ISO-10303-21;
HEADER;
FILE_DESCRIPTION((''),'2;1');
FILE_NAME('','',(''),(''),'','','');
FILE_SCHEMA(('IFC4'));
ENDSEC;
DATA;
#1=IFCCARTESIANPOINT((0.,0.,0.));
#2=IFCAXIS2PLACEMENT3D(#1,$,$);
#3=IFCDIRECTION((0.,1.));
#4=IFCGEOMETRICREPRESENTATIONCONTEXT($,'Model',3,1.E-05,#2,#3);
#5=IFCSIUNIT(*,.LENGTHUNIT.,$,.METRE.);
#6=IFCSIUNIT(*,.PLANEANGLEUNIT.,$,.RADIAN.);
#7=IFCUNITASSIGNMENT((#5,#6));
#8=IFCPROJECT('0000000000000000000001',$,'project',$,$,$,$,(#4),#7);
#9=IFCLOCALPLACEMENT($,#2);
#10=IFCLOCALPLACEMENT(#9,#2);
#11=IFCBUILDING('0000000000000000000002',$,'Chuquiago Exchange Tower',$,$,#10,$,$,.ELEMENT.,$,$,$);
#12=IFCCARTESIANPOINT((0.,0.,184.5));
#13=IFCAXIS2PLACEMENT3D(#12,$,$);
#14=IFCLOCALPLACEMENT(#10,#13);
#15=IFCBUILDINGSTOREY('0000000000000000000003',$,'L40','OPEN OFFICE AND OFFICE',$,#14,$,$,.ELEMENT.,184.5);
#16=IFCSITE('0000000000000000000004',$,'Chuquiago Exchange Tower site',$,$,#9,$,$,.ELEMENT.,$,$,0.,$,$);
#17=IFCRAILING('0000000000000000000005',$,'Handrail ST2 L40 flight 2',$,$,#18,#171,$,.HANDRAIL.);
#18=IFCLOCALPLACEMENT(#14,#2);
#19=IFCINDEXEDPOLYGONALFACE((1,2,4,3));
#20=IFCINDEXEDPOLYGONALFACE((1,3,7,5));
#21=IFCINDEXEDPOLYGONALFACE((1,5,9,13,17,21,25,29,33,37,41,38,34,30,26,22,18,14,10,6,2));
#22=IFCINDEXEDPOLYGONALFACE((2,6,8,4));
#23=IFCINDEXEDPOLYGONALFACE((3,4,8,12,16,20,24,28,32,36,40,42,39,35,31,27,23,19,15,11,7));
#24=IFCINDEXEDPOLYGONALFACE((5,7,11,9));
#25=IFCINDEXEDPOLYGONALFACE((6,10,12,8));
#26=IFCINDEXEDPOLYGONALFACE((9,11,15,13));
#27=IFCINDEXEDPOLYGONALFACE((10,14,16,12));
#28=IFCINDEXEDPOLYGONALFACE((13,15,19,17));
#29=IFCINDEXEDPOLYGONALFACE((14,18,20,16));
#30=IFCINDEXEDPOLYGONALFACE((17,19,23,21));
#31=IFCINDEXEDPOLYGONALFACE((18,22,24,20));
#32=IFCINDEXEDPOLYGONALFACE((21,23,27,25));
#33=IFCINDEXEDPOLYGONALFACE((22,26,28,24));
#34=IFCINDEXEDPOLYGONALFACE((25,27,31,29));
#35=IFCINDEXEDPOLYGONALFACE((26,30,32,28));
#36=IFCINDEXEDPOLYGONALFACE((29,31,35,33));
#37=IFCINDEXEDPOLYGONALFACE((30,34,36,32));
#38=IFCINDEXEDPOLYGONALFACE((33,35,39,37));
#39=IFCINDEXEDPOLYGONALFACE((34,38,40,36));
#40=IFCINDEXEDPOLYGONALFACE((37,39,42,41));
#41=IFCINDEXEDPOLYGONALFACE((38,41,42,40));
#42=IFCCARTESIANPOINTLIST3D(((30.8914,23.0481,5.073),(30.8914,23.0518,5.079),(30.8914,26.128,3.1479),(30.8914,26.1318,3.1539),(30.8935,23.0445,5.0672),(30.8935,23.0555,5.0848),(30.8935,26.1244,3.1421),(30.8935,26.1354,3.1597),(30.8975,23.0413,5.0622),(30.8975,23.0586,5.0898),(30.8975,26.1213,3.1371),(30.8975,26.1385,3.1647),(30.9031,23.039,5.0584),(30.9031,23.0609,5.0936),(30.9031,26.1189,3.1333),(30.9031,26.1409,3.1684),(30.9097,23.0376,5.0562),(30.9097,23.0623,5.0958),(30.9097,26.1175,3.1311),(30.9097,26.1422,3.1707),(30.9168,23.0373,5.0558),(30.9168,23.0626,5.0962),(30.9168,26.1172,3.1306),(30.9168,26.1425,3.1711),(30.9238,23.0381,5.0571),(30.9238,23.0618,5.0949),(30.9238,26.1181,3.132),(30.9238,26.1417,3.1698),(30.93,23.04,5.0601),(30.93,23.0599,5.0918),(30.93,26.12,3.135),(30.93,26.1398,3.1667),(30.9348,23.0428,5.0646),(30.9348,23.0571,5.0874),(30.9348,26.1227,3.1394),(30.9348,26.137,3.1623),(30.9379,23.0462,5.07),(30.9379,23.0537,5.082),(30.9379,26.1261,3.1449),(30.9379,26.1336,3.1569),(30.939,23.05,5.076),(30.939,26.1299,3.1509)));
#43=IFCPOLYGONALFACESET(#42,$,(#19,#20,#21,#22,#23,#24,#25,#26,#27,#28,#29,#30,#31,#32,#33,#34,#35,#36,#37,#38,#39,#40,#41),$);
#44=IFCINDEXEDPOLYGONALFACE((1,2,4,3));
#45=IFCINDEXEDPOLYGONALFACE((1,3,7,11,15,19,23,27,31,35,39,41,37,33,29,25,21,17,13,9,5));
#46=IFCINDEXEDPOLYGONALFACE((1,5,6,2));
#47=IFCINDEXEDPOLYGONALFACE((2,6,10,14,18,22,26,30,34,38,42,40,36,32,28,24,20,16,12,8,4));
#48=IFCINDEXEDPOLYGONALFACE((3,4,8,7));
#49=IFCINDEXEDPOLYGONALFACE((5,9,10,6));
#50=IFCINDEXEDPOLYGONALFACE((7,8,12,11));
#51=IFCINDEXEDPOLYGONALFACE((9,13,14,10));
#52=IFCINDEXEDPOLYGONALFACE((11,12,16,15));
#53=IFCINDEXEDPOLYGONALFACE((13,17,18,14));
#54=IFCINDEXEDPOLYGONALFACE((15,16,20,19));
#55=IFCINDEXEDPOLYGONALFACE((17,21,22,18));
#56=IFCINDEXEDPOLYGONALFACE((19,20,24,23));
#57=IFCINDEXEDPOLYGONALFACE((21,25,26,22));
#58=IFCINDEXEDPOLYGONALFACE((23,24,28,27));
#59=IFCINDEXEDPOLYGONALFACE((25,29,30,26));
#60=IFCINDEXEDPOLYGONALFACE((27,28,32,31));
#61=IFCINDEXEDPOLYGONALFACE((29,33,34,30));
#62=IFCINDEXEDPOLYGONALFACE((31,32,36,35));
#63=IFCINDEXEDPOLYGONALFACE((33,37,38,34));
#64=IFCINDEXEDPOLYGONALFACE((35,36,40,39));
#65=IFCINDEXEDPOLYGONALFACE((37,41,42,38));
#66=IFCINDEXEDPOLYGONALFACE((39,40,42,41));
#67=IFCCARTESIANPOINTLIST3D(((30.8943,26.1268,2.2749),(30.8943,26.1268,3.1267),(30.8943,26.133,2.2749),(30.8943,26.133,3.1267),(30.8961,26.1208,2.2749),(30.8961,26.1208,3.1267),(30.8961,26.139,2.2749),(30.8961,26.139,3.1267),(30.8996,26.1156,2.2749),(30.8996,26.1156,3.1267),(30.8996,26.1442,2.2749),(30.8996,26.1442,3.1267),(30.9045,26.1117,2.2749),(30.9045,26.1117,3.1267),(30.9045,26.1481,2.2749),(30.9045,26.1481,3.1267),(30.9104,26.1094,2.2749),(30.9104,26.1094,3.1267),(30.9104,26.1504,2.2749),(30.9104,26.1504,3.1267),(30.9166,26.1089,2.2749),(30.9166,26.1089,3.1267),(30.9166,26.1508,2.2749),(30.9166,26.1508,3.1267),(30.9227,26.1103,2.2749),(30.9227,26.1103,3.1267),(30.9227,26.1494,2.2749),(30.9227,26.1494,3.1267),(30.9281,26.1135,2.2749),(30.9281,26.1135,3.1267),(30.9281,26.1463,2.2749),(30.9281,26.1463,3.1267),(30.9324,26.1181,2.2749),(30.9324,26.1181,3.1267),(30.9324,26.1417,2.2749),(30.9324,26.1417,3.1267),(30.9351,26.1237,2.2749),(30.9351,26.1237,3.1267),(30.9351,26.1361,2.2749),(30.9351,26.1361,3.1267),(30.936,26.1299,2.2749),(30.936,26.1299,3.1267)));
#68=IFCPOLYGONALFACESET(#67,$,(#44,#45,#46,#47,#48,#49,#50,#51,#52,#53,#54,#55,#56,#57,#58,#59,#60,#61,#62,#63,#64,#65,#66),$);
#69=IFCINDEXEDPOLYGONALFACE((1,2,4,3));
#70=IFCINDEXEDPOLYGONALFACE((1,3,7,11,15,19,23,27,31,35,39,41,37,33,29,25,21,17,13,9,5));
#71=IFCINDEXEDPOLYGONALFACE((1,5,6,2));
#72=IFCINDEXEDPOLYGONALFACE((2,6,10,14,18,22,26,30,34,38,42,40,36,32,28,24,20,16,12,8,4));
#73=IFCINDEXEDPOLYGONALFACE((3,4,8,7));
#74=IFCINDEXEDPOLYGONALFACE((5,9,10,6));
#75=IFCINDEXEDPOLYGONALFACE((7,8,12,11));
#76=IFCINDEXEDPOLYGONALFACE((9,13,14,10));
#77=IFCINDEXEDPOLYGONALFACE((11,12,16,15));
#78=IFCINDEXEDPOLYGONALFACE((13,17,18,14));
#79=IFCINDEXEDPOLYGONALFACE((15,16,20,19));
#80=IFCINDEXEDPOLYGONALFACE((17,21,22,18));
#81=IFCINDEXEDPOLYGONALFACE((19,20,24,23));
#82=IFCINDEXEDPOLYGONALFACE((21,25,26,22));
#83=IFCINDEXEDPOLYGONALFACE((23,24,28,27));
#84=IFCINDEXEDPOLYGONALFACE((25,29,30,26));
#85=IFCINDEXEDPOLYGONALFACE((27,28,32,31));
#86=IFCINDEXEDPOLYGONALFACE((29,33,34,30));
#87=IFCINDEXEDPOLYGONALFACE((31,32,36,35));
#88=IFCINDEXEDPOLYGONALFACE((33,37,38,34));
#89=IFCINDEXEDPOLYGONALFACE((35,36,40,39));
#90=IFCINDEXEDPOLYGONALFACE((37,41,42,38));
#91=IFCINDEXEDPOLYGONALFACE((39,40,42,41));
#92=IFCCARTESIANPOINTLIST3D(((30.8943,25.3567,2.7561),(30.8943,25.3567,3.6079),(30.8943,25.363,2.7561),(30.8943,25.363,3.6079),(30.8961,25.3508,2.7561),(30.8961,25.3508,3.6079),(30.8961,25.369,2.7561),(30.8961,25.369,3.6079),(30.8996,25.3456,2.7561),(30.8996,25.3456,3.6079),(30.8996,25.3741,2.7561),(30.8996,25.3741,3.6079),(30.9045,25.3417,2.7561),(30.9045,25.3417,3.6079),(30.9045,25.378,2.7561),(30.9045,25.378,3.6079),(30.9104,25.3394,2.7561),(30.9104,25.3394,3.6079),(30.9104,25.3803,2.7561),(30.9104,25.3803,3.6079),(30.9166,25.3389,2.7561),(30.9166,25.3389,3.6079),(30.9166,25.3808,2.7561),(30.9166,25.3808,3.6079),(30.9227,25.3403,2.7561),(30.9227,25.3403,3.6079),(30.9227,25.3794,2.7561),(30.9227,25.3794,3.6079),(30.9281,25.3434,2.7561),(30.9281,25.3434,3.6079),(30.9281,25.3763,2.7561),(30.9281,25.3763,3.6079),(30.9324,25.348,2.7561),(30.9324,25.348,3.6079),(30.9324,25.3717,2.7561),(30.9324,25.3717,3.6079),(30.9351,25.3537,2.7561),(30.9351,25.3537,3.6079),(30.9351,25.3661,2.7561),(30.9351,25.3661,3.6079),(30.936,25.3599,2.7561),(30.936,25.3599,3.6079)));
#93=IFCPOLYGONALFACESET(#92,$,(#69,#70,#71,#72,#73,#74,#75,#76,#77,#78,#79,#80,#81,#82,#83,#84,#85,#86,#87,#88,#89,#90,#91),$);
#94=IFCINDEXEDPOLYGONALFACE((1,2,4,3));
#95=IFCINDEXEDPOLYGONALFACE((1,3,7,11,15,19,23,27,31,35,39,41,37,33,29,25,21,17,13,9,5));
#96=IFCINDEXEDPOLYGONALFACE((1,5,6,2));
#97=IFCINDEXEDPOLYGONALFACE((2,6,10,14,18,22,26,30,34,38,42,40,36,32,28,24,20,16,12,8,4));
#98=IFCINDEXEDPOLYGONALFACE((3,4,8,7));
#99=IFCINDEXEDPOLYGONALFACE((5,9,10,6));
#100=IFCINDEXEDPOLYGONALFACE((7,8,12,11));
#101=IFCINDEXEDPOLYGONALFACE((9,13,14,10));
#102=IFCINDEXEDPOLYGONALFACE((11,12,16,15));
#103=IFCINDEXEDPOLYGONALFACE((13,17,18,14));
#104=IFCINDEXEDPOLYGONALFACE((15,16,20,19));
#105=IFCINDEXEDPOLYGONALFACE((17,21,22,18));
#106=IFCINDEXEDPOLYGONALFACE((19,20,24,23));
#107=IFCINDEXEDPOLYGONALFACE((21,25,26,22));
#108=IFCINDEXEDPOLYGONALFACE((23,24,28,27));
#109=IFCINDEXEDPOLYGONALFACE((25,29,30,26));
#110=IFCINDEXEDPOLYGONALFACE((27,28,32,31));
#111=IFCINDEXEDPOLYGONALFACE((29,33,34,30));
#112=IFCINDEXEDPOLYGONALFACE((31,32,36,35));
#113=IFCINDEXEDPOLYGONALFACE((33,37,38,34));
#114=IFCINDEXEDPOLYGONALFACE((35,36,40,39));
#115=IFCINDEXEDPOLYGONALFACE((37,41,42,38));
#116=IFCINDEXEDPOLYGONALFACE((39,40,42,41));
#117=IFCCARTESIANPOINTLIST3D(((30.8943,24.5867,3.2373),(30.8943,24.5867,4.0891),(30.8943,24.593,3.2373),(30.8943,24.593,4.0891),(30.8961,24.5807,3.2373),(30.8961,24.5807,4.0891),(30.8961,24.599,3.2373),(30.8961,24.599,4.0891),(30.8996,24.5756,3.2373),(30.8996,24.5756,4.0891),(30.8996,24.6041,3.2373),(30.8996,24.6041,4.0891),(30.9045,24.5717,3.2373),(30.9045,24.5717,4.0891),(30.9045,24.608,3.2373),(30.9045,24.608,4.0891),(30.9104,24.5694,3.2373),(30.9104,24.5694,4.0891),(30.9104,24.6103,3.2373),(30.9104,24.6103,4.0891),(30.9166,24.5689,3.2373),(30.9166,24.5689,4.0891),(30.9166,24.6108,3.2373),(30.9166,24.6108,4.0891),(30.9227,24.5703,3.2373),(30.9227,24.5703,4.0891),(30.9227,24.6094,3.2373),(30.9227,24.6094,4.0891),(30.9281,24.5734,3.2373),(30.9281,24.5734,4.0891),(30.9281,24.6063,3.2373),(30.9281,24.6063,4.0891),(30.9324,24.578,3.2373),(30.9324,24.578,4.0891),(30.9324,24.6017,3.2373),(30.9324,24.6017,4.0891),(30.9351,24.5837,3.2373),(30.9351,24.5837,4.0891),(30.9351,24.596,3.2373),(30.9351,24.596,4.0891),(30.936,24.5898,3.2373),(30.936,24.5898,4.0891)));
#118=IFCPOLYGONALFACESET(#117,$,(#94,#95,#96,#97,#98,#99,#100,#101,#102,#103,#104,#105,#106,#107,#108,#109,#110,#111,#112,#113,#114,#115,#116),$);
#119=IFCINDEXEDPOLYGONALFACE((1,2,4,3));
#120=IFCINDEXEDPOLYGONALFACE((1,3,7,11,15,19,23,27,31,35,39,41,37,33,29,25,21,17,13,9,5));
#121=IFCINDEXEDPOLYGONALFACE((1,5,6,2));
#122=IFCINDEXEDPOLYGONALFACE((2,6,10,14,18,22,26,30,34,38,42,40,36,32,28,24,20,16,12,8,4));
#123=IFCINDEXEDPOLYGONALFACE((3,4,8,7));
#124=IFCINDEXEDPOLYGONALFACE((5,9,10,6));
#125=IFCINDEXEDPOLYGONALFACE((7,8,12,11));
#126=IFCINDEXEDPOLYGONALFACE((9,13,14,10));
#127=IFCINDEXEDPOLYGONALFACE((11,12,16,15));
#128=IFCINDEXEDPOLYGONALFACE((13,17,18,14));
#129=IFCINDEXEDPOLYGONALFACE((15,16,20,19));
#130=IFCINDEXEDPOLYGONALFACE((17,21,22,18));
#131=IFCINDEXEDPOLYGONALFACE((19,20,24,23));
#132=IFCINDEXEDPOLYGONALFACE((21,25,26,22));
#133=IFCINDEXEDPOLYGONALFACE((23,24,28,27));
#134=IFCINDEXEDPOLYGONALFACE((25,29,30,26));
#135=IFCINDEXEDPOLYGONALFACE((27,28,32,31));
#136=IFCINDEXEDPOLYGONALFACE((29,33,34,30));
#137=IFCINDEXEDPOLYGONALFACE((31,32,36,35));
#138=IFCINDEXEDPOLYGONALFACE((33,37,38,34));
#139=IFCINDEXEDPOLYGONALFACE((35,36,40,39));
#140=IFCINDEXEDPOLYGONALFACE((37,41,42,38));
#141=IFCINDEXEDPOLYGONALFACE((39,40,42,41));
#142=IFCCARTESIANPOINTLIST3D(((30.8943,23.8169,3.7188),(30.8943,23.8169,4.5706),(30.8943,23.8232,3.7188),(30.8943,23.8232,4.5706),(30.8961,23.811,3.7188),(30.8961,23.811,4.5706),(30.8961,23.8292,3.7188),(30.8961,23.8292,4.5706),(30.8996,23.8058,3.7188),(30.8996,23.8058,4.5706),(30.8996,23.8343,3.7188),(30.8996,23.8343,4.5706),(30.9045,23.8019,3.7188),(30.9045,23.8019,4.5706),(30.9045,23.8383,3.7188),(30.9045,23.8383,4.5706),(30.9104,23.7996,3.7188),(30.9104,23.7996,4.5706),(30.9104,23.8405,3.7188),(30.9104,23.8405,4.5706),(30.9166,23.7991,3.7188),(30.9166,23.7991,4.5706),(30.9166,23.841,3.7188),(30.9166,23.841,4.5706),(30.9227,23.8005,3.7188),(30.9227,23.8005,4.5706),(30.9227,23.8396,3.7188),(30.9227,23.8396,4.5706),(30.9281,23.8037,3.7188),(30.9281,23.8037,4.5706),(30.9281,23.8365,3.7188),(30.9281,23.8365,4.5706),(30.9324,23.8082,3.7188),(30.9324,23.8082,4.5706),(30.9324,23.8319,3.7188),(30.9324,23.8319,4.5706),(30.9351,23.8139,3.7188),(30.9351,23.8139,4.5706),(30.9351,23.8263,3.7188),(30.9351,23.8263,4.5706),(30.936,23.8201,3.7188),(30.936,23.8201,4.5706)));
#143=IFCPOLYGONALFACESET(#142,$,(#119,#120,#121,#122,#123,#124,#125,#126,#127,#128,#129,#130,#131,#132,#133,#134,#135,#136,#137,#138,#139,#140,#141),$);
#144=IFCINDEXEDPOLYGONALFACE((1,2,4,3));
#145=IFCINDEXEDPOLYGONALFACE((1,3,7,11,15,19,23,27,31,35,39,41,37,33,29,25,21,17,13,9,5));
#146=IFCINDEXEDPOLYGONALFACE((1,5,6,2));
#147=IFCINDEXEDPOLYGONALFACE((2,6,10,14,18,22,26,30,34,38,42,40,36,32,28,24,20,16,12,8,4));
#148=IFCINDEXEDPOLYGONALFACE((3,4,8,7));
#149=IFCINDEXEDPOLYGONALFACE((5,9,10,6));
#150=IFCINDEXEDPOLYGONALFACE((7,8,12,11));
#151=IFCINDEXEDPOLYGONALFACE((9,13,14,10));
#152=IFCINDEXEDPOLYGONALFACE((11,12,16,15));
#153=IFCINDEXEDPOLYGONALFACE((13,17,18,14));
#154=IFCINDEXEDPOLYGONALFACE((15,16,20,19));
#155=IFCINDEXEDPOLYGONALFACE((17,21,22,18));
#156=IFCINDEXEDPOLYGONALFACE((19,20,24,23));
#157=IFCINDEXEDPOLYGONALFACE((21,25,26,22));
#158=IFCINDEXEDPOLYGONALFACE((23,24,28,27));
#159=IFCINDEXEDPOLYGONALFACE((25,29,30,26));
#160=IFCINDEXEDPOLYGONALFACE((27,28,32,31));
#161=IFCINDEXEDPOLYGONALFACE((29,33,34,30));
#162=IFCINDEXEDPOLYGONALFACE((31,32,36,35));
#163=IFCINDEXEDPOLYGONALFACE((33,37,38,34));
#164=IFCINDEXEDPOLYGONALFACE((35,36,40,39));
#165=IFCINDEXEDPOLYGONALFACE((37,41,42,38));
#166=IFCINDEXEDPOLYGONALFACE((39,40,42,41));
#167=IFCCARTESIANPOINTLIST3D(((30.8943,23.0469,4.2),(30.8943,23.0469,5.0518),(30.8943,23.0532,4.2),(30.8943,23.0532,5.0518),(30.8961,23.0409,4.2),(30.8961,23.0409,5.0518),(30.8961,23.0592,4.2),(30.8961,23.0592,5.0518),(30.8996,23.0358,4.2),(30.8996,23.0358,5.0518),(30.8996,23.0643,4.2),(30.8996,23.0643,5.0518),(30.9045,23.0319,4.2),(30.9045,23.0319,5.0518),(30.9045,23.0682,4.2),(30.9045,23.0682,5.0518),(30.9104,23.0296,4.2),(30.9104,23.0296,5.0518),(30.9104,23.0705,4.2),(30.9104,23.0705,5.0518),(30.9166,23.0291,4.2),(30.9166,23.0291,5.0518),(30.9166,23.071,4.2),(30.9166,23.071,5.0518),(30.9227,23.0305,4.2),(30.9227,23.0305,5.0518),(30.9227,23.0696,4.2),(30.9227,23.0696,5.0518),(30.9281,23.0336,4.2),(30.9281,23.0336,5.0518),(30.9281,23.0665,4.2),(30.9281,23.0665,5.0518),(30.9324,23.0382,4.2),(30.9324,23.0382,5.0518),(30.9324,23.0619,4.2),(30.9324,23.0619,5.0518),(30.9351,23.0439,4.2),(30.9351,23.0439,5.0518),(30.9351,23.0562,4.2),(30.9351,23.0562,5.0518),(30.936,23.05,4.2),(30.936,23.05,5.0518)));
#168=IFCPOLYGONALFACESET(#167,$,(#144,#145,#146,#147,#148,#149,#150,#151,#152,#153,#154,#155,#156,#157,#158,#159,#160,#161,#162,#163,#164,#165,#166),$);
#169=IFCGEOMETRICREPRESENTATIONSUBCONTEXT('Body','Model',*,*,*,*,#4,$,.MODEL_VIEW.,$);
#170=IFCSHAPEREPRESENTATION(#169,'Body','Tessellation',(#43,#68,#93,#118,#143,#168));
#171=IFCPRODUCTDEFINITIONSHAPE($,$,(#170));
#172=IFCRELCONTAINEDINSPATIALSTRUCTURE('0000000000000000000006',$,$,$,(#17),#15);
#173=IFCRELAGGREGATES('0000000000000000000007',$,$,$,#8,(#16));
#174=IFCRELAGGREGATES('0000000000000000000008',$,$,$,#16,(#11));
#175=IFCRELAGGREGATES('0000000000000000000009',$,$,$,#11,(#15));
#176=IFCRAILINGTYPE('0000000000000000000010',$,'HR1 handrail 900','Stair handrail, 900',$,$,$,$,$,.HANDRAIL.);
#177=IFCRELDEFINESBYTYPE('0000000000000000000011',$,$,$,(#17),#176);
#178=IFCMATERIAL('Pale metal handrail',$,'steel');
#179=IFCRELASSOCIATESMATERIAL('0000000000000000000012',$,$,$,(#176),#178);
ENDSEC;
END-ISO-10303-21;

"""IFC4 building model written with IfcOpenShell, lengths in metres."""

from ifc_helpers import new_model, si_unit, direction, frame, origin, origin_2d, place, context, subcontext, project, spatial, circle, extrude, material, type_object, element, save


model = new_model("IFC4")

# Units and contexts
model_context = context("Model", 3, precision=1e-05, world=origin(), true_north=direction((0.0, 1.0)))
body_context = subcontext(model_context, "Body", "Model", "MODEL_VIEW")
ifc_project = project(units=[si_unit("LENGTHUNIT", "METRE"), si_unit("PLANEANGLEUNIT", "RADIAN")], contexts=[model_context])

# Site, building, storey
site_placement = place(None, origin())
site = spatial("IfcSite", under=ifc_project, at=site_placement, Name="Chuquiago Exchange Tower site", CompositionType="ELEMENT", RefElevation=0.0)
building_placement = place(site_placement, origin())
building = spatial("IfcBuilding", under=site, at=building_placement, Name="Chuquiago Exchange Tower", CompositionType="ELEMENT")
storey_placement = place(building_placement, frame((0.0, 0.0, 184.5)))
storey = spatial("IfcBuildingStorey", under=building, at=storey_placement, Name="L40", Description="OPEN OFFICE AND OFFICE", CompositionType="ELEMENT", Elevation=184.5)

# Railing
ifc_material_1 = material(Name="Pale metal handrail", Category="steel")
railing_type_1 = type_object("IfcRailingType", Name="HR1 handrail 900", Description="Stair handrail, 900", PredefinedType="HANDRAIL", material=ifc_material_1)
railing_1_placement = place(storey_placement, frame((30.915, 26.1299, 2.2749)))
element("IfcRailing", 1, at=railing_1_placement, inside=storey, type_object=railing_type_1, Name="Handrail ST2 L40 flight 2", PredefinedType="HANDRAIL", context=body_context, shape_type="SweptSolid", body=[
    extrude(circle(Radius=0.0239, at=origin_2d()), frame((0.0, 0.0, 0.876), z_axis=(0.0, -0.847979, 0.530029), x_axis=(1.0, 0.0, 0.0)), (0.0, 0.0, 1.0), 3.6321),
    extrude(circle(Radius=0.021, at=origin_2d()), origin(), (0.0, 0.0, 1.0), 0.8518),
    extrude(circle(Radius=0.021, at=origin_2d()), frame((0.0, -0.77, 0.4812)), (0.0, 0.0, 1.0), 0.8518),
    extrude(circle(Radius=0.021, at=origin_2d()), frame((0.0, -1.54, 0.9624)), (0.0, 0.0, 1.0), 0.8518),
    extrude(circle(Radius=0.021, at=origin_2d()), frame((0.0, -2.3098, 1.4438)), (0.0, 0.0, 1.0), 0.8518),
    extrude(circle(Radius=0.021, at=origin_2d()), frame((0.0, -3.0798, 1.925)), (0.0, 0.0, 1.0), 0.8518),
])

save(model, "model.ifc")
